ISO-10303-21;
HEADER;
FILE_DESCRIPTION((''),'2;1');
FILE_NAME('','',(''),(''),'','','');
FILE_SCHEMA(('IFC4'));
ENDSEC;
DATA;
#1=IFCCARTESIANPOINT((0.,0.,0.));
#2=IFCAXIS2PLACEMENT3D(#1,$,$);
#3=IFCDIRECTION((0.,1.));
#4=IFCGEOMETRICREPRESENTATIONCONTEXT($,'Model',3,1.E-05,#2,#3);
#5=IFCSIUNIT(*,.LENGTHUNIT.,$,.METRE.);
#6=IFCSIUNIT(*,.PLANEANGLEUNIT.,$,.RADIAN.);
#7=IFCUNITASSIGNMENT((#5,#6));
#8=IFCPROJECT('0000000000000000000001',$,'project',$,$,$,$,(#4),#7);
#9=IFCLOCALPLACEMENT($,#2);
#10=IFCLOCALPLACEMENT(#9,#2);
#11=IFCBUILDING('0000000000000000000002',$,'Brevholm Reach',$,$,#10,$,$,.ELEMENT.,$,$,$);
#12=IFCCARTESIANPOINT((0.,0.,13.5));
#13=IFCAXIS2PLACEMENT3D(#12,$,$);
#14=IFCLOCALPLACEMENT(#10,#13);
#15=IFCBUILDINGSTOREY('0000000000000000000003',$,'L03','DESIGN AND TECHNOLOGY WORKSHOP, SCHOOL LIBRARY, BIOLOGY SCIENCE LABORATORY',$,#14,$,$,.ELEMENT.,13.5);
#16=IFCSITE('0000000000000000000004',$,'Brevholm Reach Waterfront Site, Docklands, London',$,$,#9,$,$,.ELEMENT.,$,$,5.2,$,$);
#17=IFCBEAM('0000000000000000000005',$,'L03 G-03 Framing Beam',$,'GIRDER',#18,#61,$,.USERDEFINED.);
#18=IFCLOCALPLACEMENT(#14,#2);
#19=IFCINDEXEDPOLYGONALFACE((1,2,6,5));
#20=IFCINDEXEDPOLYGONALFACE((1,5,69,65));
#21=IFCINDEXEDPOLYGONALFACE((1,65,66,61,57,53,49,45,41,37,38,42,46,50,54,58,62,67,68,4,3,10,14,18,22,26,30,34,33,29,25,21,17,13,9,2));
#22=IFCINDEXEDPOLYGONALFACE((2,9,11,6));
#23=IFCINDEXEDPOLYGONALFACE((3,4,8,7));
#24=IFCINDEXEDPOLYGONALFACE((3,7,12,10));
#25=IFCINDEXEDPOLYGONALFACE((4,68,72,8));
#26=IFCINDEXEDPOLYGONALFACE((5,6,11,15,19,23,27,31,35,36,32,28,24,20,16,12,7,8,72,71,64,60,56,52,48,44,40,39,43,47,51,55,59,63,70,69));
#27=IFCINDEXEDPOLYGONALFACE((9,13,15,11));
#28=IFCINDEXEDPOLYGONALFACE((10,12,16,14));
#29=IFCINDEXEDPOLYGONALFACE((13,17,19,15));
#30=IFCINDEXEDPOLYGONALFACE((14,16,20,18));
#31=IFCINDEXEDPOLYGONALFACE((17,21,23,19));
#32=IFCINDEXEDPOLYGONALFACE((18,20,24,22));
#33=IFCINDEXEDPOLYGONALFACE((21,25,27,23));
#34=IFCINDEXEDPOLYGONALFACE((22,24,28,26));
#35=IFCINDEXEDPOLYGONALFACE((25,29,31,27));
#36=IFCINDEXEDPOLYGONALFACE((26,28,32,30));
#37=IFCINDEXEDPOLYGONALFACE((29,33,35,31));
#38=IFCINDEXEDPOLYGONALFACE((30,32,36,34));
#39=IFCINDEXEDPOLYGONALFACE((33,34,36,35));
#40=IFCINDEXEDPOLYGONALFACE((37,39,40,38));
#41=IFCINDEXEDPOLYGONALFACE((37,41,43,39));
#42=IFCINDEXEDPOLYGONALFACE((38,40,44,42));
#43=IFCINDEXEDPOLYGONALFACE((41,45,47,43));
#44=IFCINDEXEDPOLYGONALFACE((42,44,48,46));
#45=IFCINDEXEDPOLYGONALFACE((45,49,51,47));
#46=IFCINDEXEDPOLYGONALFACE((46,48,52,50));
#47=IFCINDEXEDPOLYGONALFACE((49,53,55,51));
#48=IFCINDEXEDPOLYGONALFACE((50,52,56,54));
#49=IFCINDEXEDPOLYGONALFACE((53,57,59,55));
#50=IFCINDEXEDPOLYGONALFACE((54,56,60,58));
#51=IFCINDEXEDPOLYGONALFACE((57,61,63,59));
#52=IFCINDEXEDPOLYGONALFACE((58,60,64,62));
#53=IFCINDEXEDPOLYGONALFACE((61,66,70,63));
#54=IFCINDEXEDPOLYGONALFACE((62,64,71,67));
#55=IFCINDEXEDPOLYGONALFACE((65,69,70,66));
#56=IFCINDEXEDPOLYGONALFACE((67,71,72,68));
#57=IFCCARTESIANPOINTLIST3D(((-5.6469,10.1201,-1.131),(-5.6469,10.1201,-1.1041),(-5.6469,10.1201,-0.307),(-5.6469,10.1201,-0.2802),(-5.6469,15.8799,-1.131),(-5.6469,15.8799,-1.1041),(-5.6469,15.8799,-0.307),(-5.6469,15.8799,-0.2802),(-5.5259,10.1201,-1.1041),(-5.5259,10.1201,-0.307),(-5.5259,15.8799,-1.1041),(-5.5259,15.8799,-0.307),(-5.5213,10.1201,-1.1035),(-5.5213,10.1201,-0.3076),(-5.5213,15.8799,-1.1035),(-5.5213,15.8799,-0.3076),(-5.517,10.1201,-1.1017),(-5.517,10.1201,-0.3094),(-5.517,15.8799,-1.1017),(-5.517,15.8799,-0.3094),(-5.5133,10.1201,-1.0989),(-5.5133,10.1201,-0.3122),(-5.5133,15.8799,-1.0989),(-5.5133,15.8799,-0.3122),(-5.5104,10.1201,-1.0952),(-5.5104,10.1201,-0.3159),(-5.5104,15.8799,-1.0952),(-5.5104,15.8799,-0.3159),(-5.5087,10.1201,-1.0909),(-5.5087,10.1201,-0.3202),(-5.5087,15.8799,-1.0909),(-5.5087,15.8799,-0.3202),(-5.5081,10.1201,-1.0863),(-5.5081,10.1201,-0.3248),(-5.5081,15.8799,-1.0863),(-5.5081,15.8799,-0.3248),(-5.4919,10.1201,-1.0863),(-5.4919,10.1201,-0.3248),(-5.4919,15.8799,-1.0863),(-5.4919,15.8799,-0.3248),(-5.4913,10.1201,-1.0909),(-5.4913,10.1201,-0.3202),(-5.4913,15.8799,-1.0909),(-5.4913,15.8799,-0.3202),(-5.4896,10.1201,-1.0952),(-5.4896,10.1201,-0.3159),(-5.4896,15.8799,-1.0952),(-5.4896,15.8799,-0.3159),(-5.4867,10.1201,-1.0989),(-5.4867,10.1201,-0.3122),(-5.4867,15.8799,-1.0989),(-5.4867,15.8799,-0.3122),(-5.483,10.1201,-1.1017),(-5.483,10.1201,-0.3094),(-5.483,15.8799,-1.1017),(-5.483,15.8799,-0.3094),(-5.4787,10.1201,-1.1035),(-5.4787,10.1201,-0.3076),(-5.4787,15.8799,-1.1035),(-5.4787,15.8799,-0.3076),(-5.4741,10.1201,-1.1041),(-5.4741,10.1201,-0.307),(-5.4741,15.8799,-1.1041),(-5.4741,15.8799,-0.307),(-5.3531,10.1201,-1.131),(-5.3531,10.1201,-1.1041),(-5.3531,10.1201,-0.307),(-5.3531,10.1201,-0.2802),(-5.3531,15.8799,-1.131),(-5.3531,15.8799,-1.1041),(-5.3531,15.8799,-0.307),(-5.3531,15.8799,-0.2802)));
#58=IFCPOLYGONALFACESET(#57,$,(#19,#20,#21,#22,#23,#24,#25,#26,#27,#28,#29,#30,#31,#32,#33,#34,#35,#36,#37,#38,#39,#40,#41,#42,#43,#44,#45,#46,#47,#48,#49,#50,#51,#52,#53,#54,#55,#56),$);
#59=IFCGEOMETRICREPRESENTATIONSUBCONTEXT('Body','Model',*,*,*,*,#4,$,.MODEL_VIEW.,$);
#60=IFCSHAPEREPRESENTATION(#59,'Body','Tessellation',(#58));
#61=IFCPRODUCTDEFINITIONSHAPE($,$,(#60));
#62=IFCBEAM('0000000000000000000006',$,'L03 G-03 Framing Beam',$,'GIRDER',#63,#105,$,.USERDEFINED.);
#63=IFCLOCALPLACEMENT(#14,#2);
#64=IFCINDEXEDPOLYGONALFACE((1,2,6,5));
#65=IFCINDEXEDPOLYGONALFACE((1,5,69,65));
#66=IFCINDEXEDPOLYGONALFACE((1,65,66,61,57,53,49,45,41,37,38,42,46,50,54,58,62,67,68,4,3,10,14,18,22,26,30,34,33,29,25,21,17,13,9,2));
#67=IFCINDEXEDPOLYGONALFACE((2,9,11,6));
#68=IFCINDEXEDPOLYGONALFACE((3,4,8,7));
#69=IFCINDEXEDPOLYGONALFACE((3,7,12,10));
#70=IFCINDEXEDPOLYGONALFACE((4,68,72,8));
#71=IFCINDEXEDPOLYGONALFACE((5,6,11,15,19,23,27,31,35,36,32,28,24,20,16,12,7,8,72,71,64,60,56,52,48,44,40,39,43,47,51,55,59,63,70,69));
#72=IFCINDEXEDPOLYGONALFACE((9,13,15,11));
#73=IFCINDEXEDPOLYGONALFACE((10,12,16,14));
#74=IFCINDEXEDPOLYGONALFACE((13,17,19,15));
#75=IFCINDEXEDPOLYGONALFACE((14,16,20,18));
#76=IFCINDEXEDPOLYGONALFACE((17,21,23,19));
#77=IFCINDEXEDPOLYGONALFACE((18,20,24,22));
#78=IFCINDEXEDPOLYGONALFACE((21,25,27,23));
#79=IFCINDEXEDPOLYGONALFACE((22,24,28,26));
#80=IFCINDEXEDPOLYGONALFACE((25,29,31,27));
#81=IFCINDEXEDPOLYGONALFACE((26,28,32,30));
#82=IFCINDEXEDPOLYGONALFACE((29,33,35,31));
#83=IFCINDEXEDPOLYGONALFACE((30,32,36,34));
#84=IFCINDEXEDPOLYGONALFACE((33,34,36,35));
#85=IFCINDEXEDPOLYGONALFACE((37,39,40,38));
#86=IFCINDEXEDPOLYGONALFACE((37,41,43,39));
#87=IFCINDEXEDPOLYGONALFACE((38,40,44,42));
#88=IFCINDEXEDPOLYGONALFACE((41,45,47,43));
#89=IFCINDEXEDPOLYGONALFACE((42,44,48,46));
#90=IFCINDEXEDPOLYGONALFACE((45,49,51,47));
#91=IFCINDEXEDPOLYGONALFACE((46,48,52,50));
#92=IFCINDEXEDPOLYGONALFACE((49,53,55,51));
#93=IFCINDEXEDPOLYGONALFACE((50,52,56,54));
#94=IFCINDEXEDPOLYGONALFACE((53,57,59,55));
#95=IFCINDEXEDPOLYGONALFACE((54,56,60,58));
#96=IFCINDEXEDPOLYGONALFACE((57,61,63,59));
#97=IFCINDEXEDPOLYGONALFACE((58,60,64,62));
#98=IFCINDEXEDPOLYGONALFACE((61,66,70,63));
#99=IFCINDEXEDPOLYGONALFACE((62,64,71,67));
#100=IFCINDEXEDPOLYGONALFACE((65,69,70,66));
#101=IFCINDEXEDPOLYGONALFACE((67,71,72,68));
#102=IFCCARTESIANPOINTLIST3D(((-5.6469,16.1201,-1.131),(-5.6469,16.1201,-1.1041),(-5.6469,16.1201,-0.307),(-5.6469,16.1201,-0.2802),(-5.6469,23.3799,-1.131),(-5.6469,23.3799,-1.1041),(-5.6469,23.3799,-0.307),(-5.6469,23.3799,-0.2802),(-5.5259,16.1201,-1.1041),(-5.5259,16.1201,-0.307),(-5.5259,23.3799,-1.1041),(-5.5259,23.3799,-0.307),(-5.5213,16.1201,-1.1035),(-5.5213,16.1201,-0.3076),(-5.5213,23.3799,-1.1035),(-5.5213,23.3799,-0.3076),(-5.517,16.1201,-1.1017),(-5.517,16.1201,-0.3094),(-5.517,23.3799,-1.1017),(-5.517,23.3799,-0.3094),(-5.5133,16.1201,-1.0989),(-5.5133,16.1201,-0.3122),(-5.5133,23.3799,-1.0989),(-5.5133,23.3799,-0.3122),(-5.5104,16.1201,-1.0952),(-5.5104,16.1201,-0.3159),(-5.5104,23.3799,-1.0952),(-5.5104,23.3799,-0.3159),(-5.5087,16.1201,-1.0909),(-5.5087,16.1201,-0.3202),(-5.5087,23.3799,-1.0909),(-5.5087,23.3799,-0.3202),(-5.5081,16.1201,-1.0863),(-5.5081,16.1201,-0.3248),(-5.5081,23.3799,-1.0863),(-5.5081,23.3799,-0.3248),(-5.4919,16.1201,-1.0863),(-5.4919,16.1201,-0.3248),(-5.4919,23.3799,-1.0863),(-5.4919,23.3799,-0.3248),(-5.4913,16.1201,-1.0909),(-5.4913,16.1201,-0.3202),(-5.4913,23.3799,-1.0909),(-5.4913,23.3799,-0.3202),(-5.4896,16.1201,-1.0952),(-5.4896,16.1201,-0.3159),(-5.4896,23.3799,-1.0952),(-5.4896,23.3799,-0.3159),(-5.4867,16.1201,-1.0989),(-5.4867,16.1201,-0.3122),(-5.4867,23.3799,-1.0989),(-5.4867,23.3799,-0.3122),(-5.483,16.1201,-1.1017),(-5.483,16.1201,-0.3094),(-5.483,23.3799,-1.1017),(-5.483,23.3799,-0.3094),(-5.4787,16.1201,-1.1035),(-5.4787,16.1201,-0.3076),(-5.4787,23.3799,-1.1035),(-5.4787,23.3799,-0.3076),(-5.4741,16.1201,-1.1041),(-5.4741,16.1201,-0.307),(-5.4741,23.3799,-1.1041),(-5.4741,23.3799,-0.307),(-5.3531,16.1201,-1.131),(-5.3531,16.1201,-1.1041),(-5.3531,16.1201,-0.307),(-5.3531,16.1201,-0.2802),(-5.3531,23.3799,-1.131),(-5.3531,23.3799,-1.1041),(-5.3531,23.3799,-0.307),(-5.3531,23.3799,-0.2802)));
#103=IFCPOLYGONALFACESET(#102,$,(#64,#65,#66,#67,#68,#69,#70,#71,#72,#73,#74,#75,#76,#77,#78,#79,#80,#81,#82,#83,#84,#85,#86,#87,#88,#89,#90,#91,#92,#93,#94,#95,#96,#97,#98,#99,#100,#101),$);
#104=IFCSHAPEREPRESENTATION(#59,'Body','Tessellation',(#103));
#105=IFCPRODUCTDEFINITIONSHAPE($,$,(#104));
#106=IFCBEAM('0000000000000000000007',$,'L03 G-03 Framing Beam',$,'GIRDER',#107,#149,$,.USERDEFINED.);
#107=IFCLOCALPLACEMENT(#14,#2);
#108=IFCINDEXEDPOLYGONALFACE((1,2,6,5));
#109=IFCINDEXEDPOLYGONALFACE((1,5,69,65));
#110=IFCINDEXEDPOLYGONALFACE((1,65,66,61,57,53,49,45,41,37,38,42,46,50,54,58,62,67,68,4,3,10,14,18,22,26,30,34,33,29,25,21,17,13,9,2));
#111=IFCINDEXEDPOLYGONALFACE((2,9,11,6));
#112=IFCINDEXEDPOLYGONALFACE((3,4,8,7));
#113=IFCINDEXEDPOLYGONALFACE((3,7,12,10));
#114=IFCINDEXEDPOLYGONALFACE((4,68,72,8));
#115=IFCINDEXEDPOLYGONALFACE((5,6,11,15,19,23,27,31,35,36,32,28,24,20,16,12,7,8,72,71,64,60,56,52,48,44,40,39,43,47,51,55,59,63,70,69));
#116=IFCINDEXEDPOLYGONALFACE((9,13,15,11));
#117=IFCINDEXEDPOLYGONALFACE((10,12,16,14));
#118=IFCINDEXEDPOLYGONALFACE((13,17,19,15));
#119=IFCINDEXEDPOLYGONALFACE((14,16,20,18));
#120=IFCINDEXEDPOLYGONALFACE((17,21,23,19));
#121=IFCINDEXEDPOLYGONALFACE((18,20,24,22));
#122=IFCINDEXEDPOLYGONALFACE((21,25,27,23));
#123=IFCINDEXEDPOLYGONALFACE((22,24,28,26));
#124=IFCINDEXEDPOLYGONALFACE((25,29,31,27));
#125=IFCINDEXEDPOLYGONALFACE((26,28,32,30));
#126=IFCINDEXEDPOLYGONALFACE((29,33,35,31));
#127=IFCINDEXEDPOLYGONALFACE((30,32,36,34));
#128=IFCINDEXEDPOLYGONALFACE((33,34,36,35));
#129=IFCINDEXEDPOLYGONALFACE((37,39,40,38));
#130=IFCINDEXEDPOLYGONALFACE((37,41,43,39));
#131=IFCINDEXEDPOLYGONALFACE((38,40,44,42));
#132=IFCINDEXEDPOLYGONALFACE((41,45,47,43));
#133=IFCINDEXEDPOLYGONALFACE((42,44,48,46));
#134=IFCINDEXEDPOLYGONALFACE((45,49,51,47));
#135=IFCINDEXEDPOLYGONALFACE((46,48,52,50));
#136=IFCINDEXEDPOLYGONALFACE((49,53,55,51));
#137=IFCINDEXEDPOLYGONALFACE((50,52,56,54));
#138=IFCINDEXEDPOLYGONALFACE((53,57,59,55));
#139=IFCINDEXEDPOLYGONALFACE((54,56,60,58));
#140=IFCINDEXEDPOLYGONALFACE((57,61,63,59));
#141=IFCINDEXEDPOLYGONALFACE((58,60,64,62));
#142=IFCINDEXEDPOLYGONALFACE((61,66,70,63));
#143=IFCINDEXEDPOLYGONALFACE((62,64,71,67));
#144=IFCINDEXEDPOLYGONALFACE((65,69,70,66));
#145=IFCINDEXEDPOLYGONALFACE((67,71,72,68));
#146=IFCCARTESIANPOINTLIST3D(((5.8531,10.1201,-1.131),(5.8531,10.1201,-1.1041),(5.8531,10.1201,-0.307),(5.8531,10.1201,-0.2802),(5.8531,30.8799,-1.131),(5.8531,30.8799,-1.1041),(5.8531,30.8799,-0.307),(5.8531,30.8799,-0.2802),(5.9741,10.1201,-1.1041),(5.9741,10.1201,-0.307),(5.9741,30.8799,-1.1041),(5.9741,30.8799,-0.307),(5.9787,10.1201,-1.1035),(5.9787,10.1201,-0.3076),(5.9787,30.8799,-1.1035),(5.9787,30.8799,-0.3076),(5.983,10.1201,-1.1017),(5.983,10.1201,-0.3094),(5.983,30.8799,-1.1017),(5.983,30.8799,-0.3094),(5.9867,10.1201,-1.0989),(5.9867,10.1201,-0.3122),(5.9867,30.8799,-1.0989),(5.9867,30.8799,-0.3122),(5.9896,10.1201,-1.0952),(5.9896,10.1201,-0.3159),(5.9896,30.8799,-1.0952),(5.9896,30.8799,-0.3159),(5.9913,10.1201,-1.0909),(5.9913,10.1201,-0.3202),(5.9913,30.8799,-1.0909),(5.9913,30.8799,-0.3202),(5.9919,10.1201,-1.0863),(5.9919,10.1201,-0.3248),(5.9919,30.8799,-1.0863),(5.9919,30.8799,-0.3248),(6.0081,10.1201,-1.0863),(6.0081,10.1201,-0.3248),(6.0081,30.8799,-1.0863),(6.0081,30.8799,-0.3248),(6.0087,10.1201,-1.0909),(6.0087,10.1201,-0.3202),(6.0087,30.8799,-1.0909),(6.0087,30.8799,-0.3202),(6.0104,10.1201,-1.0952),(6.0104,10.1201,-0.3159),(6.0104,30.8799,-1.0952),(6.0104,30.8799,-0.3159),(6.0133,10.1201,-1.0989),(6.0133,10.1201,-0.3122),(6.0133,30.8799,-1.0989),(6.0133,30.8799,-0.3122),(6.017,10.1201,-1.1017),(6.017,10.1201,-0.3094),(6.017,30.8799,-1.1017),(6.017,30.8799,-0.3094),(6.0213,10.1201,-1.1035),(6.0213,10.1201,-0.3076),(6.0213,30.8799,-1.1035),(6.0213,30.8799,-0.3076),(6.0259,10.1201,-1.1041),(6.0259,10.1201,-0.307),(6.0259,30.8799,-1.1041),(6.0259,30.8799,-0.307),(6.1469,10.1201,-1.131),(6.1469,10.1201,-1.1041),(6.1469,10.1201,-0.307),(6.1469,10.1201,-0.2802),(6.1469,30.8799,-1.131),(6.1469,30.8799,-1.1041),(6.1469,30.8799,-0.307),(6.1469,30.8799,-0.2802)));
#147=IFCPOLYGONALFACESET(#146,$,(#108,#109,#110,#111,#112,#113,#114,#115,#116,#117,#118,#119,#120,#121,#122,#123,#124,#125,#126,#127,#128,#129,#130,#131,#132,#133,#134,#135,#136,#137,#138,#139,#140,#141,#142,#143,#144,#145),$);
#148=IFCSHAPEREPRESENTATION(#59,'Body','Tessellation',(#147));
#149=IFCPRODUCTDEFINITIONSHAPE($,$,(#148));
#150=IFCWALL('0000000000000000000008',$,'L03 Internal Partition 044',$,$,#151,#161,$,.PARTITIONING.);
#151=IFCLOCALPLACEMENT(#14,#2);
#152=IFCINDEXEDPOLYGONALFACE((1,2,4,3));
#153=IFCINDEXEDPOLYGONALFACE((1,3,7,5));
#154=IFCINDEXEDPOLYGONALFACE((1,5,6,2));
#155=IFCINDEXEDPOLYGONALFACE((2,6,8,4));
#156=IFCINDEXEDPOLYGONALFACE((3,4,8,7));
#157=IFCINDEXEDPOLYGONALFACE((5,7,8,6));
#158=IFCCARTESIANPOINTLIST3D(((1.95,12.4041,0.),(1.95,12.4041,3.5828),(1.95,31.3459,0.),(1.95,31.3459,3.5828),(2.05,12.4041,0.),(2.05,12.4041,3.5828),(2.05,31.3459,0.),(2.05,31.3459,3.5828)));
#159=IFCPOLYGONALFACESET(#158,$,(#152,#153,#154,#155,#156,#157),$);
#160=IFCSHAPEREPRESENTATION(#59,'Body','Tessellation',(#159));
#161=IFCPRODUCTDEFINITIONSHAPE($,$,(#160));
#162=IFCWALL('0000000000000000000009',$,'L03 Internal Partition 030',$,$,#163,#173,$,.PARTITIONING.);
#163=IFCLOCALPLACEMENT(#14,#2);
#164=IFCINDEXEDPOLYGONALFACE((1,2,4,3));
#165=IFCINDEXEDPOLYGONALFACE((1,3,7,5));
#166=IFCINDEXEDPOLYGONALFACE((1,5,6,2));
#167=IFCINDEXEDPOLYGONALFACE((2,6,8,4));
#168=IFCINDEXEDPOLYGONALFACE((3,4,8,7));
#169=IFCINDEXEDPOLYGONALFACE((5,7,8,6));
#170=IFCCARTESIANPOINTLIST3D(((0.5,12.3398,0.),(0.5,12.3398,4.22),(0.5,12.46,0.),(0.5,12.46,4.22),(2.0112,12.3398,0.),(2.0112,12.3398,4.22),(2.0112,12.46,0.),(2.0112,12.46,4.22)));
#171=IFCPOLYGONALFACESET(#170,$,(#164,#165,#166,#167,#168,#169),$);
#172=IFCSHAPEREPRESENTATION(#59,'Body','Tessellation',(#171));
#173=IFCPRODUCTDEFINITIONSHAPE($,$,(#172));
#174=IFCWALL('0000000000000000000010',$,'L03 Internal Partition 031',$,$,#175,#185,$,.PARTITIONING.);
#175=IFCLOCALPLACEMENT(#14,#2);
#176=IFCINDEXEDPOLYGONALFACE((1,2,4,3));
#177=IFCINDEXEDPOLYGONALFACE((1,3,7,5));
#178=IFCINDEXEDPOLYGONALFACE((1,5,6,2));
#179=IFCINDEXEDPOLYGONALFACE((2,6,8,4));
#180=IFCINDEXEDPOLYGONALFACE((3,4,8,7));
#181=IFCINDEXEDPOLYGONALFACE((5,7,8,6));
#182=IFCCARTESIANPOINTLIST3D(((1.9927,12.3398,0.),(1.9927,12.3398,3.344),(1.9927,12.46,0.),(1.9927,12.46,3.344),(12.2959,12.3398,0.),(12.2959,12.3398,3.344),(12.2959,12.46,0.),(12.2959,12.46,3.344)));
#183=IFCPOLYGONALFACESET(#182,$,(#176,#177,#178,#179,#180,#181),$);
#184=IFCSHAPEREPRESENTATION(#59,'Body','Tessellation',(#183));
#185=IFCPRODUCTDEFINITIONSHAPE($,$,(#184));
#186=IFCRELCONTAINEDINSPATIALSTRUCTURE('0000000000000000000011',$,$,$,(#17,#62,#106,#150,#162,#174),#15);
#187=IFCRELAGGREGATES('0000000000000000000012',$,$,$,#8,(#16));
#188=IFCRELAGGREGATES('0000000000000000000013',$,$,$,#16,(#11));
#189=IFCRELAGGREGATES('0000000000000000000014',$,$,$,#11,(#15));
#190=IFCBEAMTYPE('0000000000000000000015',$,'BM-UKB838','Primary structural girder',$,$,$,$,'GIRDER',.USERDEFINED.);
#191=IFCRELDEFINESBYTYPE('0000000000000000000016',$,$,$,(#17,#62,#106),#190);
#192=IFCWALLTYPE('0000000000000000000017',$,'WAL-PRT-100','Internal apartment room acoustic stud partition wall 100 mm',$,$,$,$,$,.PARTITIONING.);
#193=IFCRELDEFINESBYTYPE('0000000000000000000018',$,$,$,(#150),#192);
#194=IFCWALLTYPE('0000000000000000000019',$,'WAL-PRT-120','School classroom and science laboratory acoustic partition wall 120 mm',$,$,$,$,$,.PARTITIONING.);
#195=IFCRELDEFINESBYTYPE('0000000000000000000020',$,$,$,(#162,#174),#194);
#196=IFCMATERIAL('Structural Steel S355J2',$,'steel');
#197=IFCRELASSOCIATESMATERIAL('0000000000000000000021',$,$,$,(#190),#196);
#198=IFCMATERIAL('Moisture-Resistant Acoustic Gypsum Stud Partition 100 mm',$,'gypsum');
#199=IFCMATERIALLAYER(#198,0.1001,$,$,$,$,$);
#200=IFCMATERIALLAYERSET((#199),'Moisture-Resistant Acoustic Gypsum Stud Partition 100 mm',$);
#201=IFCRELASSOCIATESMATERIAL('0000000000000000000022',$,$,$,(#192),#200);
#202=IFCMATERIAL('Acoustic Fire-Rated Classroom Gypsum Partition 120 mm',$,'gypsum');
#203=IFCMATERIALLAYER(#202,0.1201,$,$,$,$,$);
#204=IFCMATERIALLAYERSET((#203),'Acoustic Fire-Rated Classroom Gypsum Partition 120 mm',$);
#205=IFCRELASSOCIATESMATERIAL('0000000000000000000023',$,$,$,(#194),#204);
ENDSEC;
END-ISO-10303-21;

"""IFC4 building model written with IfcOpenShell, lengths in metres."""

from ifc_helpers import new_model, si_unit, direction, frame, frame_2d, origin, origin_2d, place, context, subcontext, project, spatial, rectangle, i_section, extrude, material, layer, layer_set, material_profile, profile_set, type_object, element, save


model = new_model("IFC4")

# Units and contexts
model_context = context("Model", 3, precision=1e-05, world=origin(), true_north=direction((0.0, 1.0)))
body_context = subcontext(model_context, "Body", "Model", "MODEL_VIEW")
ifc_project = project(units=[si_unit("LENGTHUNIT", "METRE"), si_unit("PLANEANGLEUNIT", "RADIAN")], contexts=[model_context])

# Site, building, storey
site_placement = place(None, origin())
site = spatial("IfcSite", under=ifc_project, at=site_placement, Name="Brevholm Reach Waterfront Site, Docklands, London", CompositionType="ELEMENT", RefElevation=5.2)
building_placement = place(site_placement, origin())
building = spatial("IfcBuilding", under=site, at=building_placement, Name="Brevholm Reach", CompositionType="ELEMENT")
storey_placement = place(building_placement, frame((0.0, 0.0, 13.5)))
storey = spatial("IfcBuildingStorey", under=building, at=storey_placement, Name="L03", Description="DESIGN AND TECHNOLOGY WORKSHOP, SCHOOL LIBRARY, BIOLOGY SCIENCE LABORATORY", CompositionType="ELEMENT", Elevation=13.5)

# Beams
ifc_material_1 = material(Name="Structural Steel S355J2", Category="steel")
ifc_material_profile_1 = material_profile(ifc_material_1, i_section(OverallWidth=0.2937, OverallDepth=0.8508, WebThickness=0.0161, FlangeThickness=0.0269, FilletRadius=0.0178, at=origin_2d()), Name="UKB 838x292x226")
ifc_profile_set_1 = profile_set([ifc_material_profile_1], Name="Structural Steel S355J2")
beam_type_1 = type_object("IfcBeamType", Name="BM-UKB838", Description="Primary structural girder", ElementType="GIRDER", PredefinedType="USERDEFINED", material=ifc_profile_set_1)
beam_1_placement = place(storey_placement, frame((-5.5, 10.1201, -0.7056), z_axis=(0.0, 1.0, 0.0), x_axis=(-1.0, 0.0, 0.0)))
element("IfcBeam", 1, at=beam_1_placement, inside=storey, type_object=beam_type_1, Name="L03 G-03 Framing Beam", ObjectType="GIRDER", PredefinedType="USERDEFINED", context=body_context, shape_type="SweptSolid", body=[
    extrude(i_section(OverallWidth=0.2937, OverallDepth=0.8508, WebThickness=0.0161, FlangeThickness=0.0269, FilletRadius=0.0178, at=origin_2d()), origin(), (0.0, 0.0, 1.0), 5.7598),
])
beam_2_placement = place(storey_placement, frame((-5.5, 16.1201, -0.7056), z_axis=(0.0, 1.0, 0.0), x_axis=(-1.0, 0.0, 0.0)))
element("IfcBeam", 2, at=beam_2_placement, inside=storey, type_object=beam_type_1, Name="L03 G-03 Framing Beam", ObjectType="GIRDER", PredefinedType="USERDEFINED", context=body_context, shape_type="SweptSolid", body=[
    extrude(i_section(OverallWidth=0.2937, OverallDepth=0.8508, WebThickness=0.0161, FlangeThickness=0.0269, FilletRadius=0.0178, at=origin_2d()), origin(), (0.0, 0.0, 1.0), 7.2598),
])
beam_3_placement = place(storey_placement, frame((6.0, 10.1201, -0.7056), z_axis=(0.0, 1.0, 0.0), x_axis=(-1.0, 0.0, 0.0)))
element("IfcBeam", 3, at=beam_3_placement, inside=storey, type_object=beam_type_1, Name="L03 G-03 Framing Beam", ObjectType="GIRDER", PredefinedType="USERDEFINED", context=body_context, shape_type="SweptSolid", body=[
    extrude(i_section(OverallWidth=0.2937, OverallDepth=0.8508, WebThickness=0.0161, FlangeThickness=0.0269, FilletRadius=0.0178, at=origin_2d()), origin(), (0.0, 0.0, 1.0), 20.7598),
])

# Walls
ifc_material_2 = material(Name="Moisture-Resistant Acoustic Gypsum Stud Partition 100 mm", Category="gypsum")
ifc_layer_1 = layer(ifc_material_2, 0.1001)
ifc_layer_set_1 = layer_set([ifc_layer_1], Name="Moisture-Resistant Acoustic Gypsum Stud Partition 100 mm")
wall_type_1 = type_object("IfcWallType", Name="WAL-PRT-100", Description="Internal apartment room acoustic stud partition wall 100 mm", PredefinedType="PARTITIONING", material=ifc_layer_set_1)
wall_1_placement = place(storey_placement, frame((2.0, 12.4041, 0.0), z_axis=(0.0, 0.0, 1.0), x_axis=(0.0, 1.0, 0.0)))
element("IfcWall", 4, at=wall_1_placement, inside=storey, type_object=wall_type_1, Name="L03 Internal Partition 044", PredefinedType="PARTITIONING", context=body_context, shape_type="SweptSolid", body=[
    extrude(rectangle(XDim=18.9419, YDim=0.1001, at=frame_2d((9.4709, 0.0))), origin(), (0.0, 0.0, 1.0), 3.5828),
])
ifc_material_3 = material(Name="Acoustic Fire-Rated Classroom Gypsum Partition 120 mm", Category="gypsum")
ifc_layer_2 = layer(ifc_material_3, 0.1201)
ifc_layer_set_2 = layer_set([ifc_layer_2], Name="Acoustic Fire-Rated Classroom Gypsum Partition 120 mm")
wall_type_2 = type_object("IfcWallType", Name="WAL-PRT-120", Description="School classroom and science laboratory acoustic partition wall 120 mm", PredefinedType="PARTITIONING", material=ifc_layer_set_2)
wall_2_placement = place(storey_placement, frame((0.5, 12.3999, 0.0), z_axis=(0.0, 0.0, 1.0), x_axis=(1.0, 0.0, 0.0)))
element("IfcWall", 5, at=wall_2_placement, inside=storey, type_object=wall_type_2, Name="L03 Internal Partition 030", PredefinedType="PARTITIONING", context=body_context, shape_type="SweptSolid", body=[
    extrude(rectangle(XDim=1.5112, YDim=0.1201, at=frame_2d((0.7556, 0.0))), origin(), (0.0, 0.0, 1.0), 4.22),
])
wall_3_placement = place(storey_placement, frame((1.9927, 12.3999, 0.0), z_axis=(0.0, 0.0, 1.0), x_axis=(1.0, 0.0, 0.0)))
element("IfcWall", 6, at=wall_3_placement, inside=storey, type_object=wall_type_2, Name="L03 Internal Partition 031", PredefinedType="PARTITIONING", context=body_context, shape_type="SweptSolid", body=[
    extrude(rectangle(XDim=10.3032, YDim=0.1201, at=frame_2d((5.1516, 0.0))), origin(), (0.0, 0.0, 1.0), 3.344),
])

save(model, "model.ifc")
